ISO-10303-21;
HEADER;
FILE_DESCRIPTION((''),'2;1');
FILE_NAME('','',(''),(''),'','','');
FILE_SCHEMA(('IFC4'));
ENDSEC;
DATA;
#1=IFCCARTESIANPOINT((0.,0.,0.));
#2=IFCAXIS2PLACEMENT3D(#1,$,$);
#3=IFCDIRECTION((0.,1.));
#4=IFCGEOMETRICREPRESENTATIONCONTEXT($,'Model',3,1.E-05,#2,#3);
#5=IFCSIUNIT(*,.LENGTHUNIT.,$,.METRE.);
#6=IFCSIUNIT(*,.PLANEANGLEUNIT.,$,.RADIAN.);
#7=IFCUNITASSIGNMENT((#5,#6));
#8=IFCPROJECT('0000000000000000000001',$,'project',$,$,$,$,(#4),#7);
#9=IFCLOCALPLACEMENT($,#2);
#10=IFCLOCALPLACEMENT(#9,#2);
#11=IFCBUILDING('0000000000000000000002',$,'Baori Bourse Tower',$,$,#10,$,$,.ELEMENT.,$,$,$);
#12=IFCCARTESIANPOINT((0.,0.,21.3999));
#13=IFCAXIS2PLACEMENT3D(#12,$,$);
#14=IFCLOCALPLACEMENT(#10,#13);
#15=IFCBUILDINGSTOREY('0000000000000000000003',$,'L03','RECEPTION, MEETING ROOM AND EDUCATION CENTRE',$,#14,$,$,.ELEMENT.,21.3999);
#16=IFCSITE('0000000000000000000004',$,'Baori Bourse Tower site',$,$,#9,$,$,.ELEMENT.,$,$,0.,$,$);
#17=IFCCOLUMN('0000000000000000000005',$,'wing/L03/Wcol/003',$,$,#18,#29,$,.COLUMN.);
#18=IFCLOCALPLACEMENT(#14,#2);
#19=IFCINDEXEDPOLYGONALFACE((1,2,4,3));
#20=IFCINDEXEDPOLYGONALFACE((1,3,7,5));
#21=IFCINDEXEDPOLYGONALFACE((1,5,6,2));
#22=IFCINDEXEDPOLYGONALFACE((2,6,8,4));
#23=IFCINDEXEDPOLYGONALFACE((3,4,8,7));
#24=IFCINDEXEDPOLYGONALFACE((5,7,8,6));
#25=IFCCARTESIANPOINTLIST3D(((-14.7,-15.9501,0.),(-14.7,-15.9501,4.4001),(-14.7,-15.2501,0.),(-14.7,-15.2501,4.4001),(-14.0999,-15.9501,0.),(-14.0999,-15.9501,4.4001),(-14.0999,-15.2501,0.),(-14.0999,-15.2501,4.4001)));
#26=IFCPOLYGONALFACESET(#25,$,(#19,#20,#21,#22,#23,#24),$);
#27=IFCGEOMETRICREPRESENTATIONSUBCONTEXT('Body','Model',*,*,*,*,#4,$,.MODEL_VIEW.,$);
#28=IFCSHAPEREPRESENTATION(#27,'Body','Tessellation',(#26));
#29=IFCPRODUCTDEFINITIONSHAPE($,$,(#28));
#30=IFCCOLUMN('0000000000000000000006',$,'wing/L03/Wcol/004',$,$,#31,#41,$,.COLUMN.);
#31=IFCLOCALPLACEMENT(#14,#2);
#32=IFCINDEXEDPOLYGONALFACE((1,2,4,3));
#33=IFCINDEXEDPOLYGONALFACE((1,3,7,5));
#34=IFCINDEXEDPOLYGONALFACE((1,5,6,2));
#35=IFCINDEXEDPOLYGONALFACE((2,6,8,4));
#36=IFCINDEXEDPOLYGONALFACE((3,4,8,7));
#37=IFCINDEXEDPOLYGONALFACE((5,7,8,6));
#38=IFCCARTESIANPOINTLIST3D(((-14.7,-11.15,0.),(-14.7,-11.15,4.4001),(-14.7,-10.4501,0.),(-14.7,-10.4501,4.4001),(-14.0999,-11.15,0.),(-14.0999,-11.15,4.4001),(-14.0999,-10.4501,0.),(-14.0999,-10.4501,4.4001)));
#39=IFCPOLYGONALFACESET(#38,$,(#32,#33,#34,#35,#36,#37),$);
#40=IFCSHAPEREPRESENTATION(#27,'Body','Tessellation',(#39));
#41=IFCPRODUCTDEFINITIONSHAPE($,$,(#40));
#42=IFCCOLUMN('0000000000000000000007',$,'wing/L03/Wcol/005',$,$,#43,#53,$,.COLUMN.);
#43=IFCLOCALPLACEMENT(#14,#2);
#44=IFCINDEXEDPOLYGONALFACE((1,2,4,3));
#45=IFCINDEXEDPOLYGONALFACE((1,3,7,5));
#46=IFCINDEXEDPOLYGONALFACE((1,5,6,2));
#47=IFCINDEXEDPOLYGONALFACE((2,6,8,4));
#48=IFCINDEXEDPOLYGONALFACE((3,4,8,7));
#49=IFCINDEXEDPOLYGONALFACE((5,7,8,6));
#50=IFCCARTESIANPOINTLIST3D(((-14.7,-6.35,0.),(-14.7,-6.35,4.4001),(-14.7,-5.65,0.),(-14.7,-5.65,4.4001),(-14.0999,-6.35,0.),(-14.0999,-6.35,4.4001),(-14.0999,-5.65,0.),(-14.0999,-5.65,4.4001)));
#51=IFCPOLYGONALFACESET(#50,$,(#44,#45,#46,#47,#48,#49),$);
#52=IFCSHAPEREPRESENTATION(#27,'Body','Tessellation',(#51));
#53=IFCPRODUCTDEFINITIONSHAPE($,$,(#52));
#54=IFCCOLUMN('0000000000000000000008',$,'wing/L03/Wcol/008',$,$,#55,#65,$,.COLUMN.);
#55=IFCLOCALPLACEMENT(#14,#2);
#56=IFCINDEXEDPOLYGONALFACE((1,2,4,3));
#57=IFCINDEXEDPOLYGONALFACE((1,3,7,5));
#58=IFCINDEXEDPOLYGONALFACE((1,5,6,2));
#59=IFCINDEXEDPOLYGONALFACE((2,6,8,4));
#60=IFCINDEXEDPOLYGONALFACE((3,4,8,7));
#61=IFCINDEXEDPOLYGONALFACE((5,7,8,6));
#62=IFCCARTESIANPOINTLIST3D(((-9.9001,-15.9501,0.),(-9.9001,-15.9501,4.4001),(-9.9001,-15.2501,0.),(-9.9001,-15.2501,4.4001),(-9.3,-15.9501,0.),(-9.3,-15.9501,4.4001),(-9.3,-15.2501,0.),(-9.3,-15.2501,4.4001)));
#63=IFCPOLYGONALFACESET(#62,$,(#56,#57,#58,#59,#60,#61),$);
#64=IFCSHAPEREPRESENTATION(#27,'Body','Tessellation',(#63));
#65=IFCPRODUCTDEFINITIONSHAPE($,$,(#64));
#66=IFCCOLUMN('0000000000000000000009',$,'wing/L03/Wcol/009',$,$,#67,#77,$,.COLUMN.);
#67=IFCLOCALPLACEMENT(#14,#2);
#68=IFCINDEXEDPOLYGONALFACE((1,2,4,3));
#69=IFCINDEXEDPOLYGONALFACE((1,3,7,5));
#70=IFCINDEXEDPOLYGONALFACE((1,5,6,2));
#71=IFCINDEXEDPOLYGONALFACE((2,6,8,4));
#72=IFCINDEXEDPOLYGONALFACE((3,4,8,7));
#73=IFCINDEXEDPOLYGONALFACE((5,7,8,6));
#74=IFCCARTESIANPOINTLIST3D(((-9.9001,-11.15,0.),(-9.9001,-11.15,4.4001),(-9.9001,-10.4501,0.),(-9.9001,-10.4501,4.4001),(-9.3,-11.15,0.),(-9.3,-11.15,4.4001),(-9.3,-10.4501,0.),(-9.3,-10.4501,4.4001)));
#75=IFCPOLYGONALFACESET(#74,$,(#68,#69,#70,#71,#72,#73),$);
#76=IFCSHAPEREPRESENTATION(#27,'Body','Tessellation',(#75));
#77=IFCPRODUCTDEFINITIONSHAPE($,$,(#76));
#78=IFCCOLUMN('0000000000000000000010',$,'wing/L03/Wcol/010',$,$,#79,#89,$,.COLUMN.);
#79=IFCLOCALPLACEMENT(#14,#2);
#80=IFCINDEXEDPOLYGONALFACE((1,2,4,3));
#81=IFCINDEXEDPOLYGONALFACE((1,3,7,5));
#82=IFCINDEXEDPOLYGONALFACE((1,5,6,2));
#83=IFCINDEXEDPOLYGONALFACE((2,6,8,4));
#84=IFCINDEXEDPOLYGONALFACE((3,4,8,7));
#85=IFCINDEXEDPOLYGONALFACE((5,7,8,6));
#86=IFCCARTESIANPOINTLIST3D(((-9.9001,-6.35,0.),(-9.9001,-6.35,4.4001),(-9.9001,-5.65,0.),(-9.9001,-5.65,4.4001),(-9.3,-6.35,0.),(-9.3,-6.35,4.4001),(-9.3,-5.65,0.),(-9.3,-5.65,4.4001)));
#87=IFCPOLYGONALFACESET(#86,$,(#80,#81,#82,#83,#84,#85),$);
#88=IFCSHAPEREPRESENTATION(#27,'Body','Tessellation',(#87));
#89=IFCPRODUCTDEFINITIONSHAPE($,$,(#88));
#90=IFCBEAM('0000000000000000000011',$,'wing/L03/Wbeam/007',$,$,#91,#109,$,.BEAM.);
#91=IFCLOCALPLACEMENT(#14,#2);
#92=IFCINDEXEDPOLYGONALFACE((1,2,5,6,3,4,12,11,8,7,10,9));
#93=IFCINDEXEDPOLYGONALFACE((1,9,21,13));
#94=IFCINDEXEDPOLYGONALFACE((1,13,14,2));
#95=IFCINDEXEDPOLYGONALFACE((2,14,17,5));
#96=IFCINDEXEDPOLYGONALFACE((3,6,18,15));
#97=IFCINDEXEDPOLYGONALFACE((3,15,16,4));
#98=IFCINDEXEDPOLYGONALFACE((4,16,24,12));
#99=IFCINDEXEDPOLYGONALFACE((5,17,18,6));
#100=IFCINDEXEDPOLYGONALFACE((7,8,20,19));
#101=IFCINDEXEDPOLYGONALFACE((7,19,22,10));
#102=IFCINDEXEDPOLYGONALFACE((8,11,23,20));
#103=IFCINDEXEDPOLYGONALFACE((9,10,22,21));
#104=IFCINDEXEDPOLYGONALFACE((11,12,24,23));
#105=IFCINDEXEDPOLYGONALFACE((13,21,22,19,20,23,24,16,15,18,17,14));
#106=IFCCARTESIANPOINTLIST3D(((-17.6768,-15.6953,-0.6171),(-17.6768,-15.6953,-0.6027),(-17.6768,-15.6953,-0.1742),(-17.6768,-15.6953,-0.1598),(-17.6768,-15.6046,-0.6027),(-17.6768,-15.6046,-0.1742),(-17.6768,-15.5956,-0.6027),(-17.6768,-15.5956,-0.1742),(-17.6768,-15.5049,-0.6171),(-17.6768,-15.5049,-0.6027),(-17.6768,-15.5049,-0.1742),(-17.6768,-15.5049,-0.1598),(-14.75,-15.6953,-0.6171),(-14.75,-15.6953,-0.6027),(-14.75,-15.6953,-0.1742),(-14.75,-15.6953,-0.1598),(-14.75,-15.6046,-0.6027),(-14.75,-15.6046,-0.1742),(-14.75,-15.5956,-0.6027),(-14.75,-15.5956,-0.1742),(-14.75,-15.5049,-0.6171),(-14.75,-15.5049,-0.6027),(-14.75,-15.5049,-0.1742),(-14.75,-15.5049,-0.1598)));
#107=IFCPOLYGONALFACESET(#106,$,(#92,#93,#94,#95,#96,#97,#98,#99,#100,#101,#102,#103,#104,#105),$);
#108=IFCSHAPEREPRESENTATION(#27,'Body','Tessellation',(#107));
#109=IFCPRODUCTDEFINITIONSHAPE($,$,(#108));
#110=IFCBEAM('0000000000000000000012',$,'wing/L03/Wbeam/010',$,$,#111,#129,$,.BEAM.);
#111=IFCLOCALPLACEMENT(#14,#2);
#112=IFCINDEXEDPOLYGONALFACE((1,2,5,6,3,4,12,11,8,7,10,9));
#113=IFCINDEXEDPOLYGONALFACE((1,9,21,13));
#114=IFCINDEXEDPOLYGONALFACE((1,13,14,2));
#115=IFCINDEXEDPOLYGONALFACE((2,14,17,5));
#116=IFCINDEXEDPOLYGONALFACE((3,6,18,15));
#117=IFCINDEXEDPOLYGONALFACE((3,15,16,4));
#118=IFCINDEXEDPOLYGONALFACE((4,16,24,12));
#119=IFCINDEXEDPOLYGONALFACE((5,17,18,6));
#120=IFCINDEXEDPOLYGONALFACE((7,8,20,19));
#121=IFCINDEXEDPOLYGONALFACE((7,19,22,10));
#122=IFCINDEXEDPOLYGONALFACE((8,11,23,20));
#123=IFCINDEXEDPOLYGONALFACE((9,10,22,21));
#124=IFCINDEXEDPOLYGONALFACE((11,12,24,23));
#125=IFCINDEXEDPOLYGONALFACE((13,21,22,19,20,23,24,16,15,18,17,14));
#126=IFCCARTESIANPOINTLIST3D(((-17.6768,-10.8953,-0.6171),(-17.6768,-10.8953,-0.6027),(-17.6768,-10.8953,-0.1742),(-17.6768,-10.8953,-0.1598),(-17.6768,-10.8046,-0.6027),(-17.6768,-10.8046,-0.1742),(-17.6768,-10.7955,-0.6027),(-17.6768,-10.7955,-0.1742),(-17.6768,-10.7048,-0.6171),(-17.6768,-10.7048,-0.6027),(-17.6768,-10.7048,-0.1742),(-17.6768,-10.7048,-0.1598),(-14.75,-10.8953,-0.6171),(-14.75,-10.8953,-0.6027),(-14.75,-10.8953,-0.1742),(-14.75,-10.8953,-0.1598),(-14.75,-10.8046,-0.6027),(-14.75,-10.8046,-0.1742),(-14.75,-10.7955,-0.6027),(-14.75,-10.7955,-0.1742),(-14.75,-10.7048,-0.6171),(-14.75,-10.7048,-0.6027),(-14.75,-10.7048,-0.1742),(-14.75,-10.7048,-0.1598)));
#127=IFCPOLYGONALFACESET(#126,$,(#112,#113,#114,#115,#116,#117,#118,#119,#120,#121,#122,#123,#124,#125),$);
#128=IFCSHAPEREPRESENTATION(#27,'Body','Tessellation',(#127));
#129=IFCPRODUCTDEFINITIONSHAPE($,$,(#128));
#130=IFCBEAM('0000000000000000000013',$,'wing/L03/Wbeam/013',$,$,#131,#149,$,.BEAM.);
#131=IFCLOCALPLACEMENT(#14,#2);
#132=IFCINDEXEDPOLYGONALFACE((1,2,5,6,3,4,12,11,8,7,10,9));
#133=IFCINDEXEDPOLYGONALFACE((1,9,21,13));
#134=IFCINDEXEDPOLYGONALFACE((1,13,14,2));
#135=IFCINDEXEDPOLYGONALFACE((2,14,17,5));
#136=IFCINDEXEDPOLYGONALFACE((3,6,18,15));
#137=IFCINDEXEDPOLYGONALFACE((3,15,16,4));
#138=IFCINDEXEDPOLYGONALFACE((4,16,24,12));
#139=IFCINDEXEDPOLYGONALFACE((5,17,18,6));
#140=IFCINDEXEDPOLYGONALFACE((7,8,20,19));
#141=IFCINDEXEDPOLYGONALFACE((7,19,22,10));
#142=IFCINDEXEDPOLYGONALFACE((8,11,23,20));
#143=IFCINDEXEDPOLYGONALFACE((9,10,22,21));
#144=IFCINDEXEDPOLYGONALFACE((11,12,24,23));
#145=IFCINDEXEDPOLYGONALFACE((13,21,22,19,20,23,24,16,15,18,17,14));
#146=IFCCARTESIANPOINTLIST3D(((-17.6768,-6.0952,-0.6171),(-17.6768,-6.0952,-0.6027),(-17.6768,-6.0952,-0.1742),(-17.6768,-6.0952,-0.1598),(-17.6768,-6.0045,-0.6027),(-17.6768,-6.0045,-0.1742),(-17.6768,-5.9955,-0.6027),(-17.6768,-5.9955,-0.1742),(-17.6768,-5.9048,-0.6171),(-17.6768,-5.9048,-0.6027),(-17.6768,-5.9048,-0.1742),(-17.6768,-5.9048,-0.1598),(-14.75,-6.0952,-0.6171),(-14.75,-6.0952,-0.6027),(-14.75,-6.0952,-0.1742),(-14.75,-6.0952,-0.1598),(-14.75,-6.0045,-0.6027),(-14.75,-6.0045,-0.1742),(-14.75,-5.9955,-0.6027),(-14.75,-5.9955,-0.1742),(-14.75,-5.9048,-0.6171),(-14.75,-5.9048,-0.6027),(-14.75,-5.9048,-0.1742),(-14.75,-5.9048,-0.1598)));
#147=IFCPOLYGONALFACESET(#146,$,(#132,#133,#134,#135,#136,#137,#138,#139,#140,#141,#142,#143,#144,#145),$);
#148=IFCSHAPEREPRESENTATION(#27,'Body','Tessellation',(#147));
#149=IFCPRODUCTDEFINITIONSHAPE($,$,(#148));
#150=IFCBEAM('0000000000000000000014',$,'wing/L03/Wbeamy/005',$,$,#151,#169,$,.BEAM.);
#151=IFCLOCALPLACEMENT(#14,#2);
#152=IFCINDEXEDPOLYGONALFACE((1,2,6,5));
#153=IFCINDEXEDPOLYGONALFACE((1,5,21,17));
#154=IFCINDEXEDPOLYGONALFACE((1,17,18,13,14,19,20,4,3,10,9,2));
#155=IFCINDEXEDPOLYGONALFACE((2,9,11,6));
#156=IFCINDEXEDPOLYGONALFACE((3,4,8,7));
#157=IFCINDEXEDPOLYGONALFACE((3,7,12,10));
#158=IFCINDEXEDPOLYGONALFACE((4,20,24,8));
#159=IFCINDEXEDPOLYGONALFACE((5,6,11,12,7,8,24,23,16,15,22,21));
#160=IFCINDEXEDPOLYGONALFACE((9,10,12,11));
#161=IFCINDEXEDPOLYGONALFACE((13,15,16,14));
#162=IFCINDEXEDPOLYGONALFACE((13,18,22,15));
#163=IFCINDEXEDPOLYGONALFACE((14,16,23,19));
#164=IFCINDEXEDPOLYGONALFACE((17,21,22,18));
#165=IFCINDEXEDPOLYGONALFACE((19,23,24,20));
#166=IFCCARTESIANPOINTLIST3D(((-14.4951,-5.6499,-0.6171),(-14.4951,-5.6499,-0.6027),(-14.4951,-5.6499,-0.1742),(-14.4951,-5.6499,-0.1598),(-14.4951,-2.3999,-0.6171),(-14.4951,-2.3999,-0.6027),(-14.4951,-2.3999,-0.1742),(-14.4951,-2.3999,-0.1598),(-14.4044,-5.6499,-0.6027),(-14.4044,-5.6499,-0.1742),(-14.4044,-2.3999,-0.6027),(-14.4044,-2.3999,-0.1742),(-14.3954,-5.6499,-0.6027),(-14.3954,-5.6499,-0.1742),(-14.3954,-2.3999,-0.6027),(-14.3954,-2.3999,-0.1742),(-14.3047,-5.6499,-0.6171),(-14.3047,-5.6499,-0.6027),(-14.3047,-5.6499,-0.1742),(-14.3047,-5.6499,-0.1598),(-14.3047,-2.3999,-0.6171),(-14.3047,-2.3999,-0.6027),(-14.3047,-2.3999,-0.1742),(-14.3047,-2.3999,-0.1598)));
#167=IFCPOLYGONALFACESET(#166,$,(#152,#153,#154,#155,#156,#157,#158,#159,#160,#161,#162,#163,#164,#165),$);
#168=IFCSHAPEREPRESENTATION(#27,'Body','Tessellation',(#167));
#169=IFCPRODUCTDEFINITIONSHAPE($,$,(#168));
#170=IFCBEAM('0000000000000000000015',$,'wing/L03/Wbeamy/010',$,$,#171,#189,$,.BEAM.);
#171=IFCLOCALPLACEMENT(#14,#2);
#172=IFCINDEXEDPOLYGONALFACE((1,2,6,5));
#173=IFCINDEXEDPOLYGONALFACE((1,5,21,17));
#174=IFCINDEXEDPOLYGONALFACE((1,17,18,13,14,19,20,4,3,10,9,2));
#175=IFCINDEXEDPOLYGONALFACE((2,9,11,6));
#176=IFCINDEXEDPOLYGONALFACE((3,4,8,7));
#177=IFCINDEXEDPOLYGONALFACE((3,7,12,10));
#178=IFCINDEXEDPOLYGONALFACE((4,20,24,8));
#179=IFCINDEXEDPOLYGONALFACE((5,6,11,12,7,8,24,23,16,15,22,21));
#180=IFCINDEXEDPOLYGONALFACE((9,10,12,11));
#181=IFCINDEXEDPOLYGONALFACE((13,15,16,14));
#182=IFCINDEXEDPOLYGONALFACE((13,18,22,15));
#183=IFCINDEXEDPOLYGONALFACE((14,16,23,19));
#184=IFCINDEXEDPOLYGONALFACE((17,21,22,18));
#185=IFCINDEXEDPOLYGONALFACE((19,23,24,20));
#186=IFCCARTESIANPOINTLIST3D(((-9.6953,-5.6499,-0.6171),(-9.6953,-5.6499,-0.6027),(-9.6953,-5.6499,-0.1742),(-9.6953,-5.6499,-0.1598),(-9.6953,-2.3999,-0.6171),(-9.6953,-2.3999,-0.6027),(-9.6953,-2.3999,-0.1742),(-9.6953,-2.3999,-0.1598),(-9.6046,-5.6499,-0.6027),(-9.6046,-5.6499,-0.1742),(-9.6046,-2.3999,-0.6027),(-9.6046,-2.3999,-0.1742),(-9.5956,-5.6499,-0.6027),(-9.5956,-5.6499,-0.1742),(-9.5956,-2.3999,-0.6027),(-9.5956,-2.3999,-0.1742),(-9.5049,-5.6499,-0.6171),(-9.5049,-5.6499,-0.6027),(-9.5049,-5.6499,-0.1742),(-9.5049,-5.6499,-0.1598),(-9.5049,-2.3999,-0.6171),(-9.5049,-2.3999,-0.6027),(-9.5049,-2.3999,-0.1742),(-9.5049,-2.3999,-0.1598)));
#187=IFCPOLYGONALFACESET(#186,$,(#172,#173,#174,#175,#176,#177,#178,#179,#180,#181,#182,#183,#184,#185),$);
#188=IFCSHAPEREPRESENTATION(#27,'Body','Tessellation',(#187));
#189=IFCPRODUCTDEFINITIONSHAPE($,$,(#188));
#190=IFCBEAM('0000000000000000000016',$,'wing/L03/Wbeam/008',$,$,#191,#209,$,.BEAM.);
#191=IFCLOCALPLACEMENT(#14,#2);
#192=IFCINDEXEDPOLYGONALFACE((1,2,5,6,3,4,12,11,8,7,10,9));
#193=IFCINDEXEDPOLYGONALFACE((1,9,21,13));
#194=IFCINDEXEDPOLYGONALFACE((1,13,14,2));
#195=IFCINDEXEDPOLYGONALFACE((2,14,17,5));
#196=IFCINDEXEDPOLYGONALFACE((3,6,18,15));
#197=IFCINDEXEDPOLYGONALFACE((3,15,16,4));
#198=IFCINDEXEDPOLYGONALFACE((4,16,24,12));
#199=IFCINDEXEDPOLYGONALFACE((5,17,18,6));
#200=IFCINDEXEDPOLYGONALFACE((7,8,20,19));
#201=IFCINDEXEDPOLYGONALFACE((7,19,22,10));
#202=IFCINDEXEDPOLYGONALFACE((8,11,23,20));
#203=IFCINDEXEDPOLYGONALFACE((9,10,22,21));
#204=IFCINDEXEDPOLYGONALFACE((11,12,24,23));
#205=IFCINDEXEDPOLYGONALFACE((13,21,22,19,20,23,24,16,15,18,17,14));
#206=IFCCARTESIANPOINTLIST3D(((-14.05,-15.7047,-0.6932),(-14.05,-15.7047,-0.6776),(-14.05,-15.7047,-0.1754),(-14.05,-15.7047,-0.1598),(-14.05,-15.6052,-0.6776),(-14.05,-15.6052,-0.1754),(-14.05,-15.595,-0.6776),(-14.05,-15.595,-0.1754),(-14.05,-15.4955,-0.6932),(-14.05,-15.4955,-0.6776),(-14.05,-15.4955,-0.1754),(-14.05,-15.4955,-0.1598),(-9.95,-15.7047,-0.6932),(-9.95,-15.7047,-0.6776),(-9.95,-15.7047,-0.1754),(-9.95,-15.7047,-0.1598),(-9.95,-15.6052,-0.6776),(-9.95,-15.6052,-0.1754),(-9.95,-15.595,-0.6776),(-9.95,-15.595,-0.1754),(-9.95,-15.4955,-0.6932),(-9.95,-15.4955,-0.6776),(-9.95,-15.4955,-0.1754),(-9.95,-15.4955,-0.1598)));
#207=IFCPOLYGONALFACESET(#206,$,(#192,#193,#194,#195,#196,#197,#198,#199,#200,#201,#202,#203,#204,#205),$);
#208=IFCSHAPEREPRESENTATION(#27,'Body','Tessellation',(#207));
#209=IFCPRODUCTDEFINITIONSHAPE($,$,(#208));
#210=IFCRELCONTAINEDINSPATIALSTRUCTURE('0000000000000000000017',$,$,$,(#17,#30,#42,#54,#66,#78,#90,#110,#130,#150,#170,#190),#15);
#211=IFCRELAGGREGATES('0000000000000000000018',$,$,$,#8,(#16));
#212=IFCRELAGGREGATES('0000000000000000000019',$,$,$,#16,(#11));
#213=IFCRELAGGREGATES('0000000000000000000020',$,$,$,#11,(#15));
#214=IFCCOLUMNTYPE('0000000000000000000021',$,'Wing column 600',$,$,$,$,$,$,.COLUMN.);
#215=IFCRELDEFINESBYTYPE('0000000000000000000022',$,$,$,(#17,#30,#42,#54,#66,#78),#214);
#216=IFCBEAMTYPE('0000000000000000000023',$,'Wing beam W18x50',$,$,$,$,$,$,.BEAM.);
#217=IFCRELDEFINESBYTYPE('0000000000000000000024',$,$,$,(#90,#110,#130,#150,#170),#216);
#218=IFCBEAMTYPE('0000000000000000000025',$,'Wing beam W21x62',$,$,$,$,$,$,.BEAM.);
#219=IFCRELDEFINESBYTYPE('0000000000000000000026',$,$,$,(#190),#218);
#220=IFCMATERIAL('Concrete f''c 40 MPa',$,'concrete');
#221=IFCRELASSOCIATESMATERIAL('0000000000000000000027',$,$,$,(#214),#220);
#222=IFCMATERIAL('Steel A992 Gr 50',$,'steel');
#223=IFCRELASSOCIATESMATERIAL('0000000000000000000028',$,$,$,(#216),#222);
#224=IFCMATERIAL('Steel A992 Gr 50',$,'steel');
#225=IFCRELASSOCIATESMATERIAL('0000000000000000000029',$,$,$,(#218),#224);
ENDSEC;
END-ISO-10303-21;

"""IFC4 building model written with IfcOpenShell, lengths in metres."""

from ifc_helpers import new_model, si_unit, direction, frame, origin, origin_2d, place, context, subcontext, project, spatial, rectangle, i_section, extrude, material, material_profile, profile_set, type_object, element, save


model = new_model("IFC4")

# Units and contexts
model_context = context("Model", 3, precision=1e-05, world=origin(), true_north=direction((0.0, 1.0)))
body_context = subcontext(model_context, "Body", "Model", "MODEL_VIEW")
ifc_project = project(units=[si_unit("LENGTHUNIT", "METRE"), si_unit("PLANEANGLEUNIT", "RADIAN")], contexts=[model_context])

# Site, building, storey
site_placement = place(None, origin())
site = spatial("IfcSite", under=ifc_project, at=site_placement, Name="Baori Bourse Tower site", CompositionType="ELEMENT", RefElevation=0.0)
building_placement = place(site_placement, origin())
building = spatial("IfcBuilding", under=site, at=building_placement, Name="Baori Bourse Tower", CompositionType="ELEMENT")
storey_placement = place(building_placement, frame((0.0, 0.0, 21.3999)))
storey = spatial("IfcBuildingStorey", under=building, at=storey_placement, Name="L03", Description="RECEPTION, MEETING ROOM AND EDUCATION CENTRE", CompositionType="ELEMENT", Elevation=21.3999)

# Columns
ifc_material_1 = material(Name="Concrete f'c 40 MPa", Category="concrete")
ifc_material_profile_1 = material_profile(ifc_material_1, rectangle(XDim=0.6001, YDim=0.7, at=origin_2d()), Name="Wing column 600")
ifc_profile_set_1 = profile_set([ifc_material_profile_1], Name="Concrete f'c 40 MPa")
column_type = type_object("IfcColumnType", Name="Wing column 600", PredefinedType="COLUMN", material=ifc_profile_set_1)
for number, where, z_axis, x_axis, name in (
    (1, (-14.3999, -15.6001, 0.0), (0.0, 0.0, 1.0), (1.0, 0.0, 0.0), "wing/L03/Wcol/003"),
    (2, (-14.3999, -10.8, 0.0), (0.0, 0.0, 1.0), (1.0, 0.0, 0.0), "wing/L03/Wcol/004"),
    (3, (-14.3999, -6.0, 0.0), (0.0, 0.0, 1.0), (1.0, 0.0, 0.0), "wing/L03/Wcol/005"),
    (4, (-9.6001, -15.6001, 0.0), (0.0, 0.0, 1.0), (1.0, 0.0, 0.0), "wing/L03/Wcol/008"),
    (5, (-9.6001, -10.8, 0.0), (0.0, 0.0, 1.0), (1.0, 0.0, 0.0), "wing/L03/Wcol/009"),
    (6, (-9.6001, -6.0, 0.0), (0.0, 0.0, 1.0), (1.0, 0.0, 0.0), "wing/L03/Wcol/010"),
):
    element("IfcColumn", number, at=place(storey_placement, frame(where, z_axis=z_axis, x_axis=x_axis)), inside=storey, type_object=column_type, Name=name, PredefinedType="COLUMN", context=body_context, shape_type="SweptSolid", body=[
        extrude(rectangle(XDim=0.6001, YDim=0.7, at=origin_2d()), origin(), (0.0, 0.0, 1.0), 4.4001),
    ])

# Beams
ifc_material_2 = material(Name="Steel A992 Gr 50", Category="steel")
ifc_material_profile_2 = material_profile(ifc_material_2, i_section(OverallWidth=0.1904, OverallDepth=0.4573, WebThickness=0.009, FlangeThickness=0.0144, at=origin_2d()), Name="W18x50")
ifc_profile_set_2 = profile_set([ifc_material_profile_2], Name="Steel A992 Gr 50")
beam_type_1 = type_object("IfcBeamType", Name="Wing beam W18x50", PredefinedType="BEAM", material=ifc_profile_set_2)
for number, where, z_axis, x_axis, name in (
    (7, (-17.6768, -15.6001, -0.3884), (1.0, 0.0, 0.0), (0.0, 1.0, 0.0), "wing/L03/Wbeam/007"),
    (8, (-17.6768, -10.8, -0.3884), (1.0, 0.0, 0.0), (0.0, 1.0, 0.0), "wing/L03/Wbeam/010"),
    (9, (-17.6768, -6.0, -0.3884), (1.0, 0.0, 0.0), (0.0, 1.0, 0.0), "wing/L03/Wbeam/013"),
):
    element("IfcBeam", number, at=place(storey_placement, frame(where, z_axis=z_axis, x_axis=x_axis)), inside=storey, type_object=beam_type_1, Name=name, PredefinedType="BEAM", context=body_context, shape_type="SweptSolid", body=[
        extrude(i_section(OverallWidth=0.1904, OverallDepth=0.4573, WebThickness=0.009, FlangeThickness=0.0144, at=origin_2d()), origin(), (0.0, 0.0, 1.0), 2.9268),
    ])
for number, where, z_axis, x_axis, name in (
    (10, (-14.3999, -5.6499, -0.3884), (0.0, 1.0, 0.0), (-1.0, 0.0, 0.0), "wing/L03/Wbeamy/005"),
    (11, (-9.6001, -5.6499, -0.3884), (0.0, 1.0, 0.0), (-1.0, 0.0, 0.0), "wing/L03/Wbeamy/010"),
):
    element("IfcBeam", number, at=place(storey_placement, frame(where, z_axis=z_axis, x_axis=x_axis)), inside=storey, type_object=beam_type_1, Name=name, PredefinedType="BEAM", context=body_context, shape_type="SweptSolid", body=[
        extrude(i_section(OverallWidth=0.1904, OverallDepth=0.4573, WebThickness=0.009, FlangeThickness=0.0144, at=origin_2d()), origin(), (0.0, 0.0, 1.0), 3.25),
    ])
ifc_material_3 = material(Name="Steel A992 Gr 50", Category="steel")
ifc_material_profile_3 = material_profile(ifc_material_3, i_section(OverallWidth=0.2092, OverallDepth=0.5334, WebThickness=0.0103, FlangeThickness=0.0156, at=origin_2d()), Name="W21x62")
ifc_profile_set_3 = profile_set([ifc_material_profile_3], Name="Steel A992 Gr 50")
beam_type_2 = type_object("IfcBeamType", Name="Wing beam W21x62", PredefinedType="BEAM", material=ifc_profile_set_3)
for number, where, z_axis, x_axis, name in (
    (12, (-14.05, -15.6001, -0.4265), (1.0, 0.0, 0.0), (0.0, 1.0, 0.0), "wing/L03/Wbeam/008"),
):
    element("IfcBeam", number, at=place(storey_placement, frame(where, z_axis=z_axis, x_axis=x_axis)), inside=storey, type_object=beam_type_2, Name=name, PredefinedType="BEAM", context=body_context, shape_type="SweptSolid", body=[
        extrude(i_section(OverallWidth=0.2092, OverallDepth=0.5334, WebThickness=0.0103, FlangeThickness=0.0156, at=origin_2d()), origin(), (0.0, 0.0, 1.0), 4.1001),
    ])

save(model, "model.ifc")
